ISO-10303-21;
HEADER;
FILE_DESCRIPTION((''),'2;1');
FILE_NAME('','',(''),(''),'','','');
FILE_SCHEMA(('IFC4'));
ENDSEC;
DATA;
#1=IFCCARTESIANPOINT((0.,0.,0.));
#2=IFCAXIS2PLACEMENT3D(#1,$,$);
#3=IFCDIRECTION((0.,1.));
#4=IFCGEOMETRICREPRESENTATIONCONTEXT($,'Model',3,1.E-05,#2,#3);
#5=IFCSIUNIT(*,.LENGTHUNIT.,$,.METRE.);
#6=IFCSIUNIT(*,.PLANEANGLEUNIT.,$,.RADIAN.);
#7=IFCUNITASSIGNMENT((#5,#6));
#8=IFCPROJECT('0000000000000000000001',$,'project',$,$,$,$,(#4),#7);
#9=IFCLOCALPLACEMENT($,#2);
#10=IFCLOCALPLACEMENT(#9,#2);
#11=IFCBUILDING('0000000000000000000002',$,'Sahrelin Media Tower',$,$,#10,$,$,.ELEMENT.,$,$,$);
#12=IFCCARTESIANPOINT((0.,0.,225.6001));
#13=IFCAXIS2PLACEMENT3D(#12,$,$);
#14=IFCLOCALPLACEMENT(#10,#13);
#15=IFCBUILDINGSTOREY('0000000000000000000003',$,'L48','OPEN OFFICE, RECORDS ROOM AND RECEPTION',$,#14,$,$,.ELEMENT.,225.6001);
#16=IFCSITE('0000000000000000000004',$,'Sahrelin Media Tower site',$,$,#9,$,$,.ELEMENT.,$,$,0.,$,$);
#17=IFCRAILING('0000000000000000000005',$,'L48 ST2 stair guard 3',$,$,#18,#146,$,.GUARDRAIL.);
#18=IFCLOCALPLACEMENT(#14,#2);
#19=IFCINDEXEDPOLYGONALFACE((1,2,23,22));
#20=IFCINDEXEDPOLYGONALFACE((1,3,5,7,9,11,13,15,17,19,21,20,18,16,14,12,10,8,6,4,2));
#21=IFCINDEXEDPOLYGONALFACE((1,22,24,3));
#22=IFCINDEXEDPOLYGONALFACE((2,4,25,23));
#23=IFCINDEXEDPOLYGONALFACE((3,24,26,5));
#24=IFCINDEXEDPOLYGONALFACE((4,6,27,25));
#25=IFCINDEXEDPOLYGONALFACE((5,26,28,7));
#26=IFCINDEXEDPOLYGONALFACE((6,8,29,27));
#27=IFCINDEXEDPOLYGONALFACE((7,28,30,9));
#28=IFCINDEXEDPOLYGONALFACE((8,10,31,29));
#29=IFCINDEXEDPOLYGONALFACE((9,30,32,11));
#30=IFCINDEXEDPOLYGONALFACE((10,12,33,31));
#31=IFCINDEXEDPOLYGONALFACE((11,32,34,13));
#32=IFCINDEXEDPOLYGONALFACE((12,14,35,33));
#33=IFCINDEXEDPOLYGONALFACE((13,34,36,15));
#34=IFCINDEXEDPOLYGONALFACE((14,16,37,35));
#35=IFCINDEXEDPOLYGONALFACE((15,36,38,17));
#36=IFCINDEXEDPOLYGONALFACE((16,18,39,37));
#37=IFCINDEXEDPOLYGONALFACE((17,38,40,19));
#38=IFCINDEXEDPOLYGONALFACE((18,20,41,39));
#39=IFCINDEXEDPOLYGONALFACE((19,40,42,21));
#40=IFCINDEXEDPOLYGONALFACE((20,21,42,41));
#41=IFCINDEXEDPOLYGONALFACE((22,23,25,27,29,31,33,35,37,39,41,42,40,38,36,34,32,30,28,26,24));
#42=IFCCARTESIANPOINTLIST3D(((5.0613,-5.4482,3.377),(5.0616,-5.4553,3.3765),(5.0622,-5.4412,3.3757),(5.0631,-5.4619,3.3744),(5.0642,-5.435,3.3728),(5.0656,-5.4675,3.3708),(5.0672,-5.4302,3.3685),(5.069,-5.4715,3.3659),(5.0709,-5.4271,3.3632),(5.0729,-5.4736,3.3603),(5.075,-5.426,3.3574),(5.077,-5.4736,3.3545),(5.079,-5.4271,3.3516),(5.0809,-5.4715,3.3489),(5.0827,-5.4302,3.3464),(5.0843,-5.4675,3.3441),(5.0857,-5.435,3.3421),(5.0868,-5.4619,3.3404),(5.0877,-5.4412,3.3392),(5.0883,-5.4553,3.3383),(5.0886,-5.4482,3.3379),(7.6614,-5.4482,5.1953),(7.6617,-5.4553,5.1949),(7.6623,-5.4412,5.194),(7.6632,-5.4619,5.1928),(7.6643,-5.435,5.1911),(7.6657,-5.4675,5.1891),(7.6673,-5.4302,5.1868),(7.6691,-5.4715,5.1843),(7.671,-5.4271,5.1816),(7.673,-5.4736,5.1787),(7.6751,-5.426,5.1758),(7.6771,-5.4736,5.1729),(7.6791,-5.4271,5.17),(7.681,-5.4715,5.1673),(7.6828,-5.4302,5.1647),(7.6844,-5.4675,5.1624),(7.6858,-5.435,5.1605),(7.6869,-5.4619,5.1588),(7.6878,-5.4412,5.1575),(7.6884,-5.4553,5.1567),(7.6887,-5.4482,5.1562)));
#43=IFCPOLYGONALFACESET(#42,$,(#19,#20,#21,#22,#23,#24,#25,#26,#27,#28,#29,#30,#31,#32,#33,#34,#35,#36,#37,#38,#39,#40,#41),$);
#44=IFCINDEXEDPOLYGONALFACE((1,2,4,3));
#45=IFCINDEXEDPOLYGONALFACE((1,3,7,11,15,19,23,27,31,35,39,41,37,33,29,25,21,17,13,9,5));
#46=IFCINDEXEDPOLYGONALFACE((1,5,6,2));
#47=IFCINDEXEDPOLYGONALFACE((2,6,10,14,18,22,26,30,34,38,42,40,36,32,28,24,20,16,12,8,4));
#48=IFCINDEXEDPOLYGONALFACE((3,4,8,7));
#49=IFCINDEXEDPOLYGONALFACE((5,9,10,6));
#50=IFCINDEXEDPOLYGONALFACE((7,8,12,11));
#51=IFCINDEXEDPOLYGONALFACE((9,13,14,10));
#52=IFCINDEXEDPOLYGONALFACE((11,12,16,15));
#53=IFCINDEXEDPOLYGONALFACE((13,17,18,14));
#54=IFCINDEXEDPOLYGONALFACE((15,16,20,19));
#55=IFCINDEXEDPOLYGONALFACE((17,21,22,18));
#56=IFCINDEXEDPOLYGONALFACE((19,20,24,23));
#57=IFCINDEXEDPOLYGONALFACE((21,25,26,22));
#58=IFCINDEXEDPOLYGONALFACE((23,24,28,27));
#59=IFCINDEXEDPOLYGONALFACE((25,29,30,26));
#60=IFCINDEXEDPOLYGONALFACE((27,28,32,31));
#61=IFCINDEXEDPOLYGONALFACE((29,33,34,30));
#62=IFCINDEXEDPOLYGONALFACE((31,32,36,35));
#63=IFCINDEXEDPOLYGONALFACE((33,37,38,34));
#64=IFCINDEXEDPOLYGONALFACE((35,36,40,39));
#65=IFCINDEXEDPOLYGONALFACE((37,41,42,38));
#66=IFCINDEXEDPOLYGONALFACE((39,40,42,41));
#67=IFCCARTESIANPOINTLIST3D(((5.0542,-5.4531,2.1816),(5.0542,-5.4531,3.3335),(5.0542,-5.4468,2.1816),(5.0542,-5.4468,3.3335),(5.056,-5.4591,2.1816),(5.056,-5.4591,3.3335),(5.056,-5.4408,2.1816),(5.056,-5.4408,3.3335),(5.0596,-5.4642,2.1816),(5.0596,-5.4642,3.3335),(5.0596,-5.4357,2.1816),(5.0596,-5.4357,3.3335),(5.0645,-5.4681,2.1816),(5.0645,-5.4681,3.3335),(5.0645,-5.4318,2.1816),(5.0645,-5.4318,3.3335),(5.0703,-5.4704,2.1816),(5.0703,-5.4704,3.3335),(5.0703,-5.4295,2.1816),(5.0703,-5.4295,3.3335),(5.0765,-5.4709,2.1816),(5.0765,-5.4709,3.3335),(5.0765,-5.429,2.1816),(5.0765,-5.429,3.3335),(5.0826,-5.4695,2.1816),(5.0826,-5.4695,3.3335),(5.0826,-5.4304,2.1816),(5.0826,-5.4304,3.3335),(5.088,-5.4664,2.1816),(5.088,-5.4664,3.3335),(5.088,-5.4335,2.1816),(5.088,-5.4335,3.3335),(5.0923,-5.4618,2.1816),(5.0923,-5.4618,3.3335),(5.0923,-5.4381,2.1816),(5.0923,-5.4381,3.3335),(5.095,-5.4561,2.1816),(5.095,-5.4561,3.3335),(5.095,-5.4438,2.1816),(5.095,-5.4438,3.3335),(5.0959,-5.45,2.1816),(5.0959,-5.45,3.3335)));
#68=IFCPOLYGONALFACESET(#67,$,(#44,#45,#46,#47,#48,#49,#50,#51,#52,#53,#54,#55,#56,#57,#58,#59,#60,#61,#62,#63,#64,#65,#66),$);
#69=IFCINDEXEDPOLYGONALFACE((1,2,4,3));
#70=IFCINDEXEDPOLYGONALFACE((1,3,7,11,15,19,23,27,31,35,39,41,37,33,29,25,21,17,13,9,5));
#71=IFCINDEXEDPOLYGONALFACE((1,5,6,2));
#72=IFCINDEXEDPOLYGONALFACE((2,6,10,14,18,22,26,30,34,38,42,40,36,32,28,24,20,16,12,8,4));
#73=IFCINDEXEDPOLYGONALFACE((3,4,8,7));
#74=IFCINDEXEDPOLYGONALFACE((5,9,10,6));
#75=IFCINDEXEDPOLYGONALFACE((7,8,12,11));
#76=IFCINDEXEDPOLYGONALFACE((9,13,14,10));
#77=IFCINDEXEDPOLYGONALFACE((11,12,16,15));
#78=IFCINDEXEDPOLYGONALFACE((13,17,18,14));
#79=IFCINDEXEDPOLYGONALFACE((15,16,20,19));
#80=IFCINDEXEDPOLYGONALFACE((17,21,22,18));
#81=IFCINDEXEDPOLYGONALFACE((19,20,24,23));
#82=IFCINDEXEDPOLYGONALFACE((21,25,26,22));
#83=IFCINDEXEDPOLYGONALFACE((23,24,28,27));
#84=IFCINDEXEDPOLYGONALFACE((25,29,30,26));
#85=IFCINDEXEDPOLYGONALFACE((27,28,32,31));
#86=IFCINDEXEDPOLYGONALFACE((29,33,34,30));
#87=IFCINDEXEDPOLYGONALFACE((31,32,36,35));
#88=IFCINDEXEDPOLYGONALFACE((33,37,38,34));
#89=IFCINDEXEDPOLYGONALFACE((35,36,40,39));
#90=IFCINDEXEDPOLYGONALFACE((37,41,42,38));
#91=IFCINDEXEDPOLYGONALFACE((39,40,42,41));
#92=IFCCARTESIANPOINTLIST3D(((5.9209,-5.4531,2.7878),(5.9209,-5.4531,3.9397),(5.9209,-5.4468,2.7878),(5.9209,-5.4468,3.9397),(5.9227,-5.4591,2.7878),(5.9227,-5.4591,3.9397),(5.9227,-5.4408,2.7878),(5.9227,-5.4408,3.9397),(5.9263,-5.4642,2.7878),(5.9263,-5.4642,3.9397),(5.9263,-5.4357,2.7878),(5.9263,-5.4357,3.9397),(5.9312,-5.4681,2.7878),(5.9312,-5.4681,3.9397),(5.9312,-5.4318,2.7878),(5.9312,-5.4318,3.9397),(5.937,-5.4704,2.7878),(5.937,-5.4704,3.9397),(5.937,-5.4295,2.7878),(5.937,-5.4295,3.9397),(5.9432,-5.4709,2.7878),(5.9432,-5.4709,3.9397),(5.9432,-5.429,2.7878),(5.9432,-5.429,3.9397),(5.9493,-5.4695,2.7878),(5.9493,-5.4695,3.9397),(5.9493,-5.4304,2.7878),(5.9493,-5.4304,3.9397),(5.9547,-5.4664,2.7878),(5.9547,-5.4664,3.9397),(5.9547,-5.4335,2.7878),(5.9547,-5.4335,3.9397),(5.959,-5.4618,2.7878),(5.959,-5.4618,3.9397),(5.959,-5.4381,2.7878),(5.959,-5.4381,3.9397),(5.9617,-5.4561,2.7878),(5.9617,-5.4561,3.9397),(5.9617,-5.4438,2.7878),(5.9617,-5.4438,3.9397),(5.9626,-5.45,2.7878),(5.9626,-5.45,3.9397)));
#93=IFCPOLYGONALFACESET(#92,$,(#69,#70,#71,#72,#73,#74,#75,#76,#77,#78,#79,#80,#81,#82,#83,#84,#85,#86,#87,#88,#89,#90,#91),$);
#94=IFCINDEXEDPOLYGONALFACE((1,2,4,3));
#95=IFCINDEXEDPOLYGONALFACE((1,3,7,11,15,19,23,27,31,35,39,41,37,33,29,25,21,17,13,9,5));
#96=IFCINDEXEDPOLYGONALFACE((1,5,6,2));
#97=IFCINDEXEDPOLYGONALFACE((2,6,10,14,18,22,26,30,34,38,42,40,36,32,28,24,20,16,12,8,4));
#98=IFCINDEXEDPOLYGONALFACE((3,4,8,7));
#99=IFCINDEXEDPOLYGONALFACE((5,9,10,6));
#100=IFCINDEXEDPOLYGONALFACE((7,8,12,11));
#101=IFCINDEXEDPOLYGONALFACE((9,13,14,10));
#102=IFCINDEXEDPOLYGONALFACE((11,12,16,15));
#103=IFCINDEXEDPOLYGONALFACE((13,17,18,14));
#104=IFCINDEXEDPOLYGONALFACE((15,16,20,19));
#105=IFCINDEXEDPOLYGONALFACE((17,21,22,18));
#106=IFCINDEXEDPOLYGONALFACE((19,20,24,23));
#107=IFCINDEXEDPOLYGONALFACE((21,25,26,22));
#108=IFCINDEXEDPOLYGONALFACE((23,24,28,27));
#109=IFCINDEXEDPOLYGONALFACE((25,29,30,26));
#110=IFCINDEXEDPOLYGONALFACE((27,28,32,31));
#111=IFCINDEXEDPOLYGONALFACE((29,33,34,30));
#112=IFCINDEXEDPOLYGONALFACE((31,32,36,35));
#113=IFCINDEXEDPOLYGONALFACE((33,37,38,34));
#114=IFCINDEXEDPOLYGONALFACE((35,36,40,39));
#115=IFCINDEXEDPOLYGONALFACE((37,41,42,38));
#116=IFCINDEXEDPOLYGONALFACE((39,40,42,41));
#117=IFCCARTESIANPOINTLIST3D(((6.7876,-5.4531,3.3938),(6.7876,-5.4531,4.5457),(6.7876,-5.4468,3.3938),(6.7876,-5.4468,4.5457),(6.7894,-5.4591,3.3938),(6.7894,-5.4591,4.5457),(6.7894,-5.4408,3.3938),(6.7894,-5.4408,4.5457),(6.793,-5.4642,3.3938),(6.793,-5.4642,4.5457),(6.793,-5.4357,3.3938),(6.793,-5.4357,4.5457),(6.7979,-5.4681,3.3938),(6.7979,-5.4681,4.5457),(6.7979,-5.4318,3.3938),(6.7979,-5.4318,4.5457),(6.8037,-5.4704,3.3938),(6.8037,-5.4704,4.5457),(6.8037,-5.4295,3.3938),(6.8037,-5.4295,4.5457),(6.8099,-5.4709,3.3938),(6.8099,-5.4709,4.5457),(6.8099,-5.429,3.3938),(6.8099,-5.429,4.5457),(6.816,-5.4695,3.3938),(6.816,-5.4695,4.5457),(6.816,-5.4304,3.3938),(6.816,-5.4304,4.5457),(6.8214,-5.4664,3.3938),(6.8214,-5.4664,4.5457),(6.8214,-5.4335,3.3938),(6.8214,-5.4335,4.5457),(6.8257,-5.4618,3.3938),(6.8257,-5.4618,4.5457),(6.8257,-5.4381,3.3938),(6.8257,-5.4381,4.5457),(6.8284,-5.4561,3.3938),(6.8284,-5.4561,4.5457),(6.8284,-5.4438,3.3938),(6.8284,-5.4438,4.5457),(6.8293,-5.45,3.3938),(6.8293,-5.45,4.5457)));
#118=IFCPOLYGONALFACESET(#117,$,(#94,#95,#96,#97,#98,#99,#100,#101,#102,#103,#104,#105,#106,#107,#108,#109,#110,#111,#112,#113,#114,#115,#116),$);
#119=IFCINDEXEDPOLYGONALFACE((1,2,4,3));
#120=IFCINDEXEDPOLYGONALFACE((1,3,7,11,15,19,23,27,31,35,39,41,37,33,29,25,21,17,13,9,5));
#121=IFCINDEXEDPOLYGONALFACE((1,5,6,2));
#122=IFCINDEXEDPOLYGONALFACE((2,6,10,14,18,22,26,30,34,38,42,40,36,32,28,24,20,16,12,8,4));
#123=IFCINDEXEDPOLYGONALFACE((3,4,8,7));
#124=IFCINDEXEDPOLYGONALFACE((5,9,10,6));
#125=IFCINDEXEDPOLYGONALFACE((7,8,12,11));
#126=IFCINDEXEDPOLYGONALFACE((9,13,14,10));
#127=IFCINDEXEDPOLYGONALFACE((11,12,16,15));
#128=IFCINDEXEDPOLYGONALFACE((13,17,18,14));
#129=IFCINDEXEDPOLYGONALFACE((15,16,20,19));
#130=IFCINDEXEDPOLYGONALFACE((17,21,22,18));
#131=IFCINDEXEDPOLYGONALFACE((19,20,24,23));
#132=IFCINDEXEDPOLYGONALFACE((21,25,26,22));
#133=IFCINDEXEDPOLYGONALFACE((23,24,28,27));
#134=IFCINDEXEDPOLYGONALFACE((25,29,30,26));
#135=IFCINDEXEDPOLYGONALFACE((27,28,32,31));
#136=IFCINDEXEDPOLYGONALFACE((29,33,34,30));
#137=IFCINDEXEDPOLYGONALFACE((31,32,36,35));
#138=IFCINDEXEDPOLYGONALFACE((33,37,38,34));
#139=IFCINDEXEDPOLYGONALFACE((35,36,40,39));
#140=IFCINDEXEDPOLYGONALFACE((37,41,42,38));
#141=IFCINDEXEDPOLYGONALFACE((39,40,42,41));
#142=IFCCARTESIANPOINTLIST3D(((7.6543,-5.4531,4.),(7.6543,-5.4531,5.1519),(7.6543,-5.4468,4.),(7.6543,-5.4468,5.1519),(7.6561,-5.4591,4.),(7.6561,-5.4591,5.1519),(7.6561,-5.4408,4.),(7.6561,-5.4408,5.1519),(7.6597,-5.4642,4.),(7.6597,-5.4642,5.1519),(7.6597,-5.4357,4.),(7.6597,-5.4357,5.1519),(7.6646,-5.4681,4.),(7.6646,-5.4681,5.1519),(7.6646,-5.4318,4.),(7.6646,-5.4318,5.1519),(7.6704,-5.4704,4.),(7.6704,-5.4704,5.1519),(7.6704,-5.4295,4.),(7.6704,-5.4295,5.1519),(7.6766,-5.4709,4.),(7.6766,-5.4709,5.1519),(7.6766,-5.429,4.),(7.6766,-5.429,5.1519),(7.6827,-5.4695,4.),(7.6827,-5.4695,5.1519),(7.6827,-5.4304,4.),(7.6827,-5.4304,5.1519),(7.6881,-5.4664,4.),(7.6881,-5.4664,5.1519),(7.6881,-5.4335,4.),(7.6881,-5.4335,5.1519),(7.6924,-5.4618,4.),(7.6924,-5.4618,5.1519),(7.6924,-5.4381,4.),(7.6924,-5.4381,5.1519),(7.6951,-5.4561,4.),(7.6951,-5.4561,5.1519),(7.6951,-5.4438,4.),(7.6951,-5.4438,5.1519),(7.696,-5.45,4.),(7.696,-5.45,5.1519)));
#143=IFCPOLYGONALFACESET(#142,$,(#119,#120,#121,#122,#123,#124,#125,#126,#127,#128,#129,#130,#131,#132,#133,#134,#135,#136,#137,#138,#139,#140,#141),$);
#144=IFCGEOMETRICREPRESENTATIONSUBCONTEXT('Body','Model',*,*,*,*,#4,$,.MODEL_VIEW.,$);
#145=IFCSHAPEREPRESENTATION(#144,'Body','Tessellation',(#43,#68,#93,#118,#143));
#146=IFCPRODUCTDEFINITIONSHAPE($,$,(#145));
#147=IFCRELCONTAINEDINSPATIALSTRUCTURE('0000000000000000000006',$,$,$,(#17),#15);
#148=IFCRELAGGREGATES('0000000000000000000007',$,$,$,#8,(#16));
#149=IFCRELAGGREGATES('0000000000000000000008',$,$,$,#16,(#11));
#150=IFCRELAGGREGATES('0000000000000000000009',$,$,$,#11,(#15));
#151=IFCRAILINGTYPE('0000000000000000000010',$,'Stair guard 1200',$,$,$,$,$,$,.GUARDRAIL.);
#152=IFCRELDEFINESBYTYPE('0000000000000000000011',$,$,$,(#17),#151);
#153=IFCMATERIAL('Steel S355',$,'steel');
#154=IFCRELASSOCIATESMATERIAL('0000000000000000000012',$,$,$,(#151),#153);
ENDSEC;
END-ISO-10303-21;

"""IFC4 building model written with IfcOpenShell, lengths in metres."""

from ifc_helpers import new_model, si_unit, direction, frame, origin, origin_2d, place, context, subcontext, project, spatial, circle, extrude, material, type_object, element, save


model = new_model("IFC4")

# Units and contexts
model_context = context("Model", 3, precision=1e-05, world=origin(), true_north=direction((0.0, 1.0)))
body_context = subcontext(model_context, "Body", "Model", "MODEL_VIEW")
ifc_project = project(units=[si_unit("LENGTHUNIT", "METRE"), si_unit("PLANEANGLEUNIT", "RADIAN")], contexts=[model_context])

# Site, building, storey
site_placement = place(None, origin())
site = spatial("IfcSite", under=ifc_project, at=site_placement, Name="Sahrelin Media Tower site", CompositionType="ELEMENT", RefElevation=0.0)
building_placement = place(site_placement, origin())
building = spatial("IfcBuilding", under=site, at=building_placement, Name="Sahrelin Media Tower", CompositionType="ELEMENT")
storey_placement = place(building_placement, frame((0.0, 0.0, 225.6001)))
storey = spatial("IfcBuildingStorey", under=building, at=storey_placement, Name="L48", Description="OPEN OFFICE, RECORDS ROOM AND RECEPTION", CompositionType="ELEMENT", Elevation=225.6001)

# Shared definitions
ifc_material_1 = material(Name="Steel S355", Category="steel")

# Railing
railing_type_1 = type_object("IfcRailingType", Name="Stair guard 1200", PredefinedType="GUARDRAIL", material=ifc_material_1)
railing_1_placement = place(storey_placement, frame((5.075, -5.45, 2.1816)))
element("IfcRailing", 1, at=railing_1_placement, inside=storey, type_object=railing_type_1, Name="L48 ST2 stair guard 3", PredefinedType="GUARDRAIL", context=body_context, shape_type="SweptSolid", body=[
    extrude(circle(Radius=0.0239, at=origin_2d()), frame((0.0, 0.0, 1.1758), z_axis=(0.819485, 0.0, 0.573101), x_axis=(0.0, 1.0, 0.0)), (0.0, 0.0, 1.0), 3.1729),
    extrude(circle(Radius=0.021, at=origin_2d()), origin(), (0.0, 0.0, 1.0), 1.1519),
    extrude(circle(Radius=0.021, at=origin_2d()), frame((0.8667, 0.0, 0.6062)), (0.0, 0.0, 1.0), 1.1519),
    extrude(circle(Radius=0.021, at=origin_2d()), frame((1.7334, 0.0, 1.2122)), (0.0, 0.0, 1.0), 1.1519),
    extrude(circle(Radius=0.021, at=origin_2d()), frame((2.6001, 0.0, 1.8184)), (0.0, 0.0, 1.0), 1.1519),
])

save(model, "model.ifc")
